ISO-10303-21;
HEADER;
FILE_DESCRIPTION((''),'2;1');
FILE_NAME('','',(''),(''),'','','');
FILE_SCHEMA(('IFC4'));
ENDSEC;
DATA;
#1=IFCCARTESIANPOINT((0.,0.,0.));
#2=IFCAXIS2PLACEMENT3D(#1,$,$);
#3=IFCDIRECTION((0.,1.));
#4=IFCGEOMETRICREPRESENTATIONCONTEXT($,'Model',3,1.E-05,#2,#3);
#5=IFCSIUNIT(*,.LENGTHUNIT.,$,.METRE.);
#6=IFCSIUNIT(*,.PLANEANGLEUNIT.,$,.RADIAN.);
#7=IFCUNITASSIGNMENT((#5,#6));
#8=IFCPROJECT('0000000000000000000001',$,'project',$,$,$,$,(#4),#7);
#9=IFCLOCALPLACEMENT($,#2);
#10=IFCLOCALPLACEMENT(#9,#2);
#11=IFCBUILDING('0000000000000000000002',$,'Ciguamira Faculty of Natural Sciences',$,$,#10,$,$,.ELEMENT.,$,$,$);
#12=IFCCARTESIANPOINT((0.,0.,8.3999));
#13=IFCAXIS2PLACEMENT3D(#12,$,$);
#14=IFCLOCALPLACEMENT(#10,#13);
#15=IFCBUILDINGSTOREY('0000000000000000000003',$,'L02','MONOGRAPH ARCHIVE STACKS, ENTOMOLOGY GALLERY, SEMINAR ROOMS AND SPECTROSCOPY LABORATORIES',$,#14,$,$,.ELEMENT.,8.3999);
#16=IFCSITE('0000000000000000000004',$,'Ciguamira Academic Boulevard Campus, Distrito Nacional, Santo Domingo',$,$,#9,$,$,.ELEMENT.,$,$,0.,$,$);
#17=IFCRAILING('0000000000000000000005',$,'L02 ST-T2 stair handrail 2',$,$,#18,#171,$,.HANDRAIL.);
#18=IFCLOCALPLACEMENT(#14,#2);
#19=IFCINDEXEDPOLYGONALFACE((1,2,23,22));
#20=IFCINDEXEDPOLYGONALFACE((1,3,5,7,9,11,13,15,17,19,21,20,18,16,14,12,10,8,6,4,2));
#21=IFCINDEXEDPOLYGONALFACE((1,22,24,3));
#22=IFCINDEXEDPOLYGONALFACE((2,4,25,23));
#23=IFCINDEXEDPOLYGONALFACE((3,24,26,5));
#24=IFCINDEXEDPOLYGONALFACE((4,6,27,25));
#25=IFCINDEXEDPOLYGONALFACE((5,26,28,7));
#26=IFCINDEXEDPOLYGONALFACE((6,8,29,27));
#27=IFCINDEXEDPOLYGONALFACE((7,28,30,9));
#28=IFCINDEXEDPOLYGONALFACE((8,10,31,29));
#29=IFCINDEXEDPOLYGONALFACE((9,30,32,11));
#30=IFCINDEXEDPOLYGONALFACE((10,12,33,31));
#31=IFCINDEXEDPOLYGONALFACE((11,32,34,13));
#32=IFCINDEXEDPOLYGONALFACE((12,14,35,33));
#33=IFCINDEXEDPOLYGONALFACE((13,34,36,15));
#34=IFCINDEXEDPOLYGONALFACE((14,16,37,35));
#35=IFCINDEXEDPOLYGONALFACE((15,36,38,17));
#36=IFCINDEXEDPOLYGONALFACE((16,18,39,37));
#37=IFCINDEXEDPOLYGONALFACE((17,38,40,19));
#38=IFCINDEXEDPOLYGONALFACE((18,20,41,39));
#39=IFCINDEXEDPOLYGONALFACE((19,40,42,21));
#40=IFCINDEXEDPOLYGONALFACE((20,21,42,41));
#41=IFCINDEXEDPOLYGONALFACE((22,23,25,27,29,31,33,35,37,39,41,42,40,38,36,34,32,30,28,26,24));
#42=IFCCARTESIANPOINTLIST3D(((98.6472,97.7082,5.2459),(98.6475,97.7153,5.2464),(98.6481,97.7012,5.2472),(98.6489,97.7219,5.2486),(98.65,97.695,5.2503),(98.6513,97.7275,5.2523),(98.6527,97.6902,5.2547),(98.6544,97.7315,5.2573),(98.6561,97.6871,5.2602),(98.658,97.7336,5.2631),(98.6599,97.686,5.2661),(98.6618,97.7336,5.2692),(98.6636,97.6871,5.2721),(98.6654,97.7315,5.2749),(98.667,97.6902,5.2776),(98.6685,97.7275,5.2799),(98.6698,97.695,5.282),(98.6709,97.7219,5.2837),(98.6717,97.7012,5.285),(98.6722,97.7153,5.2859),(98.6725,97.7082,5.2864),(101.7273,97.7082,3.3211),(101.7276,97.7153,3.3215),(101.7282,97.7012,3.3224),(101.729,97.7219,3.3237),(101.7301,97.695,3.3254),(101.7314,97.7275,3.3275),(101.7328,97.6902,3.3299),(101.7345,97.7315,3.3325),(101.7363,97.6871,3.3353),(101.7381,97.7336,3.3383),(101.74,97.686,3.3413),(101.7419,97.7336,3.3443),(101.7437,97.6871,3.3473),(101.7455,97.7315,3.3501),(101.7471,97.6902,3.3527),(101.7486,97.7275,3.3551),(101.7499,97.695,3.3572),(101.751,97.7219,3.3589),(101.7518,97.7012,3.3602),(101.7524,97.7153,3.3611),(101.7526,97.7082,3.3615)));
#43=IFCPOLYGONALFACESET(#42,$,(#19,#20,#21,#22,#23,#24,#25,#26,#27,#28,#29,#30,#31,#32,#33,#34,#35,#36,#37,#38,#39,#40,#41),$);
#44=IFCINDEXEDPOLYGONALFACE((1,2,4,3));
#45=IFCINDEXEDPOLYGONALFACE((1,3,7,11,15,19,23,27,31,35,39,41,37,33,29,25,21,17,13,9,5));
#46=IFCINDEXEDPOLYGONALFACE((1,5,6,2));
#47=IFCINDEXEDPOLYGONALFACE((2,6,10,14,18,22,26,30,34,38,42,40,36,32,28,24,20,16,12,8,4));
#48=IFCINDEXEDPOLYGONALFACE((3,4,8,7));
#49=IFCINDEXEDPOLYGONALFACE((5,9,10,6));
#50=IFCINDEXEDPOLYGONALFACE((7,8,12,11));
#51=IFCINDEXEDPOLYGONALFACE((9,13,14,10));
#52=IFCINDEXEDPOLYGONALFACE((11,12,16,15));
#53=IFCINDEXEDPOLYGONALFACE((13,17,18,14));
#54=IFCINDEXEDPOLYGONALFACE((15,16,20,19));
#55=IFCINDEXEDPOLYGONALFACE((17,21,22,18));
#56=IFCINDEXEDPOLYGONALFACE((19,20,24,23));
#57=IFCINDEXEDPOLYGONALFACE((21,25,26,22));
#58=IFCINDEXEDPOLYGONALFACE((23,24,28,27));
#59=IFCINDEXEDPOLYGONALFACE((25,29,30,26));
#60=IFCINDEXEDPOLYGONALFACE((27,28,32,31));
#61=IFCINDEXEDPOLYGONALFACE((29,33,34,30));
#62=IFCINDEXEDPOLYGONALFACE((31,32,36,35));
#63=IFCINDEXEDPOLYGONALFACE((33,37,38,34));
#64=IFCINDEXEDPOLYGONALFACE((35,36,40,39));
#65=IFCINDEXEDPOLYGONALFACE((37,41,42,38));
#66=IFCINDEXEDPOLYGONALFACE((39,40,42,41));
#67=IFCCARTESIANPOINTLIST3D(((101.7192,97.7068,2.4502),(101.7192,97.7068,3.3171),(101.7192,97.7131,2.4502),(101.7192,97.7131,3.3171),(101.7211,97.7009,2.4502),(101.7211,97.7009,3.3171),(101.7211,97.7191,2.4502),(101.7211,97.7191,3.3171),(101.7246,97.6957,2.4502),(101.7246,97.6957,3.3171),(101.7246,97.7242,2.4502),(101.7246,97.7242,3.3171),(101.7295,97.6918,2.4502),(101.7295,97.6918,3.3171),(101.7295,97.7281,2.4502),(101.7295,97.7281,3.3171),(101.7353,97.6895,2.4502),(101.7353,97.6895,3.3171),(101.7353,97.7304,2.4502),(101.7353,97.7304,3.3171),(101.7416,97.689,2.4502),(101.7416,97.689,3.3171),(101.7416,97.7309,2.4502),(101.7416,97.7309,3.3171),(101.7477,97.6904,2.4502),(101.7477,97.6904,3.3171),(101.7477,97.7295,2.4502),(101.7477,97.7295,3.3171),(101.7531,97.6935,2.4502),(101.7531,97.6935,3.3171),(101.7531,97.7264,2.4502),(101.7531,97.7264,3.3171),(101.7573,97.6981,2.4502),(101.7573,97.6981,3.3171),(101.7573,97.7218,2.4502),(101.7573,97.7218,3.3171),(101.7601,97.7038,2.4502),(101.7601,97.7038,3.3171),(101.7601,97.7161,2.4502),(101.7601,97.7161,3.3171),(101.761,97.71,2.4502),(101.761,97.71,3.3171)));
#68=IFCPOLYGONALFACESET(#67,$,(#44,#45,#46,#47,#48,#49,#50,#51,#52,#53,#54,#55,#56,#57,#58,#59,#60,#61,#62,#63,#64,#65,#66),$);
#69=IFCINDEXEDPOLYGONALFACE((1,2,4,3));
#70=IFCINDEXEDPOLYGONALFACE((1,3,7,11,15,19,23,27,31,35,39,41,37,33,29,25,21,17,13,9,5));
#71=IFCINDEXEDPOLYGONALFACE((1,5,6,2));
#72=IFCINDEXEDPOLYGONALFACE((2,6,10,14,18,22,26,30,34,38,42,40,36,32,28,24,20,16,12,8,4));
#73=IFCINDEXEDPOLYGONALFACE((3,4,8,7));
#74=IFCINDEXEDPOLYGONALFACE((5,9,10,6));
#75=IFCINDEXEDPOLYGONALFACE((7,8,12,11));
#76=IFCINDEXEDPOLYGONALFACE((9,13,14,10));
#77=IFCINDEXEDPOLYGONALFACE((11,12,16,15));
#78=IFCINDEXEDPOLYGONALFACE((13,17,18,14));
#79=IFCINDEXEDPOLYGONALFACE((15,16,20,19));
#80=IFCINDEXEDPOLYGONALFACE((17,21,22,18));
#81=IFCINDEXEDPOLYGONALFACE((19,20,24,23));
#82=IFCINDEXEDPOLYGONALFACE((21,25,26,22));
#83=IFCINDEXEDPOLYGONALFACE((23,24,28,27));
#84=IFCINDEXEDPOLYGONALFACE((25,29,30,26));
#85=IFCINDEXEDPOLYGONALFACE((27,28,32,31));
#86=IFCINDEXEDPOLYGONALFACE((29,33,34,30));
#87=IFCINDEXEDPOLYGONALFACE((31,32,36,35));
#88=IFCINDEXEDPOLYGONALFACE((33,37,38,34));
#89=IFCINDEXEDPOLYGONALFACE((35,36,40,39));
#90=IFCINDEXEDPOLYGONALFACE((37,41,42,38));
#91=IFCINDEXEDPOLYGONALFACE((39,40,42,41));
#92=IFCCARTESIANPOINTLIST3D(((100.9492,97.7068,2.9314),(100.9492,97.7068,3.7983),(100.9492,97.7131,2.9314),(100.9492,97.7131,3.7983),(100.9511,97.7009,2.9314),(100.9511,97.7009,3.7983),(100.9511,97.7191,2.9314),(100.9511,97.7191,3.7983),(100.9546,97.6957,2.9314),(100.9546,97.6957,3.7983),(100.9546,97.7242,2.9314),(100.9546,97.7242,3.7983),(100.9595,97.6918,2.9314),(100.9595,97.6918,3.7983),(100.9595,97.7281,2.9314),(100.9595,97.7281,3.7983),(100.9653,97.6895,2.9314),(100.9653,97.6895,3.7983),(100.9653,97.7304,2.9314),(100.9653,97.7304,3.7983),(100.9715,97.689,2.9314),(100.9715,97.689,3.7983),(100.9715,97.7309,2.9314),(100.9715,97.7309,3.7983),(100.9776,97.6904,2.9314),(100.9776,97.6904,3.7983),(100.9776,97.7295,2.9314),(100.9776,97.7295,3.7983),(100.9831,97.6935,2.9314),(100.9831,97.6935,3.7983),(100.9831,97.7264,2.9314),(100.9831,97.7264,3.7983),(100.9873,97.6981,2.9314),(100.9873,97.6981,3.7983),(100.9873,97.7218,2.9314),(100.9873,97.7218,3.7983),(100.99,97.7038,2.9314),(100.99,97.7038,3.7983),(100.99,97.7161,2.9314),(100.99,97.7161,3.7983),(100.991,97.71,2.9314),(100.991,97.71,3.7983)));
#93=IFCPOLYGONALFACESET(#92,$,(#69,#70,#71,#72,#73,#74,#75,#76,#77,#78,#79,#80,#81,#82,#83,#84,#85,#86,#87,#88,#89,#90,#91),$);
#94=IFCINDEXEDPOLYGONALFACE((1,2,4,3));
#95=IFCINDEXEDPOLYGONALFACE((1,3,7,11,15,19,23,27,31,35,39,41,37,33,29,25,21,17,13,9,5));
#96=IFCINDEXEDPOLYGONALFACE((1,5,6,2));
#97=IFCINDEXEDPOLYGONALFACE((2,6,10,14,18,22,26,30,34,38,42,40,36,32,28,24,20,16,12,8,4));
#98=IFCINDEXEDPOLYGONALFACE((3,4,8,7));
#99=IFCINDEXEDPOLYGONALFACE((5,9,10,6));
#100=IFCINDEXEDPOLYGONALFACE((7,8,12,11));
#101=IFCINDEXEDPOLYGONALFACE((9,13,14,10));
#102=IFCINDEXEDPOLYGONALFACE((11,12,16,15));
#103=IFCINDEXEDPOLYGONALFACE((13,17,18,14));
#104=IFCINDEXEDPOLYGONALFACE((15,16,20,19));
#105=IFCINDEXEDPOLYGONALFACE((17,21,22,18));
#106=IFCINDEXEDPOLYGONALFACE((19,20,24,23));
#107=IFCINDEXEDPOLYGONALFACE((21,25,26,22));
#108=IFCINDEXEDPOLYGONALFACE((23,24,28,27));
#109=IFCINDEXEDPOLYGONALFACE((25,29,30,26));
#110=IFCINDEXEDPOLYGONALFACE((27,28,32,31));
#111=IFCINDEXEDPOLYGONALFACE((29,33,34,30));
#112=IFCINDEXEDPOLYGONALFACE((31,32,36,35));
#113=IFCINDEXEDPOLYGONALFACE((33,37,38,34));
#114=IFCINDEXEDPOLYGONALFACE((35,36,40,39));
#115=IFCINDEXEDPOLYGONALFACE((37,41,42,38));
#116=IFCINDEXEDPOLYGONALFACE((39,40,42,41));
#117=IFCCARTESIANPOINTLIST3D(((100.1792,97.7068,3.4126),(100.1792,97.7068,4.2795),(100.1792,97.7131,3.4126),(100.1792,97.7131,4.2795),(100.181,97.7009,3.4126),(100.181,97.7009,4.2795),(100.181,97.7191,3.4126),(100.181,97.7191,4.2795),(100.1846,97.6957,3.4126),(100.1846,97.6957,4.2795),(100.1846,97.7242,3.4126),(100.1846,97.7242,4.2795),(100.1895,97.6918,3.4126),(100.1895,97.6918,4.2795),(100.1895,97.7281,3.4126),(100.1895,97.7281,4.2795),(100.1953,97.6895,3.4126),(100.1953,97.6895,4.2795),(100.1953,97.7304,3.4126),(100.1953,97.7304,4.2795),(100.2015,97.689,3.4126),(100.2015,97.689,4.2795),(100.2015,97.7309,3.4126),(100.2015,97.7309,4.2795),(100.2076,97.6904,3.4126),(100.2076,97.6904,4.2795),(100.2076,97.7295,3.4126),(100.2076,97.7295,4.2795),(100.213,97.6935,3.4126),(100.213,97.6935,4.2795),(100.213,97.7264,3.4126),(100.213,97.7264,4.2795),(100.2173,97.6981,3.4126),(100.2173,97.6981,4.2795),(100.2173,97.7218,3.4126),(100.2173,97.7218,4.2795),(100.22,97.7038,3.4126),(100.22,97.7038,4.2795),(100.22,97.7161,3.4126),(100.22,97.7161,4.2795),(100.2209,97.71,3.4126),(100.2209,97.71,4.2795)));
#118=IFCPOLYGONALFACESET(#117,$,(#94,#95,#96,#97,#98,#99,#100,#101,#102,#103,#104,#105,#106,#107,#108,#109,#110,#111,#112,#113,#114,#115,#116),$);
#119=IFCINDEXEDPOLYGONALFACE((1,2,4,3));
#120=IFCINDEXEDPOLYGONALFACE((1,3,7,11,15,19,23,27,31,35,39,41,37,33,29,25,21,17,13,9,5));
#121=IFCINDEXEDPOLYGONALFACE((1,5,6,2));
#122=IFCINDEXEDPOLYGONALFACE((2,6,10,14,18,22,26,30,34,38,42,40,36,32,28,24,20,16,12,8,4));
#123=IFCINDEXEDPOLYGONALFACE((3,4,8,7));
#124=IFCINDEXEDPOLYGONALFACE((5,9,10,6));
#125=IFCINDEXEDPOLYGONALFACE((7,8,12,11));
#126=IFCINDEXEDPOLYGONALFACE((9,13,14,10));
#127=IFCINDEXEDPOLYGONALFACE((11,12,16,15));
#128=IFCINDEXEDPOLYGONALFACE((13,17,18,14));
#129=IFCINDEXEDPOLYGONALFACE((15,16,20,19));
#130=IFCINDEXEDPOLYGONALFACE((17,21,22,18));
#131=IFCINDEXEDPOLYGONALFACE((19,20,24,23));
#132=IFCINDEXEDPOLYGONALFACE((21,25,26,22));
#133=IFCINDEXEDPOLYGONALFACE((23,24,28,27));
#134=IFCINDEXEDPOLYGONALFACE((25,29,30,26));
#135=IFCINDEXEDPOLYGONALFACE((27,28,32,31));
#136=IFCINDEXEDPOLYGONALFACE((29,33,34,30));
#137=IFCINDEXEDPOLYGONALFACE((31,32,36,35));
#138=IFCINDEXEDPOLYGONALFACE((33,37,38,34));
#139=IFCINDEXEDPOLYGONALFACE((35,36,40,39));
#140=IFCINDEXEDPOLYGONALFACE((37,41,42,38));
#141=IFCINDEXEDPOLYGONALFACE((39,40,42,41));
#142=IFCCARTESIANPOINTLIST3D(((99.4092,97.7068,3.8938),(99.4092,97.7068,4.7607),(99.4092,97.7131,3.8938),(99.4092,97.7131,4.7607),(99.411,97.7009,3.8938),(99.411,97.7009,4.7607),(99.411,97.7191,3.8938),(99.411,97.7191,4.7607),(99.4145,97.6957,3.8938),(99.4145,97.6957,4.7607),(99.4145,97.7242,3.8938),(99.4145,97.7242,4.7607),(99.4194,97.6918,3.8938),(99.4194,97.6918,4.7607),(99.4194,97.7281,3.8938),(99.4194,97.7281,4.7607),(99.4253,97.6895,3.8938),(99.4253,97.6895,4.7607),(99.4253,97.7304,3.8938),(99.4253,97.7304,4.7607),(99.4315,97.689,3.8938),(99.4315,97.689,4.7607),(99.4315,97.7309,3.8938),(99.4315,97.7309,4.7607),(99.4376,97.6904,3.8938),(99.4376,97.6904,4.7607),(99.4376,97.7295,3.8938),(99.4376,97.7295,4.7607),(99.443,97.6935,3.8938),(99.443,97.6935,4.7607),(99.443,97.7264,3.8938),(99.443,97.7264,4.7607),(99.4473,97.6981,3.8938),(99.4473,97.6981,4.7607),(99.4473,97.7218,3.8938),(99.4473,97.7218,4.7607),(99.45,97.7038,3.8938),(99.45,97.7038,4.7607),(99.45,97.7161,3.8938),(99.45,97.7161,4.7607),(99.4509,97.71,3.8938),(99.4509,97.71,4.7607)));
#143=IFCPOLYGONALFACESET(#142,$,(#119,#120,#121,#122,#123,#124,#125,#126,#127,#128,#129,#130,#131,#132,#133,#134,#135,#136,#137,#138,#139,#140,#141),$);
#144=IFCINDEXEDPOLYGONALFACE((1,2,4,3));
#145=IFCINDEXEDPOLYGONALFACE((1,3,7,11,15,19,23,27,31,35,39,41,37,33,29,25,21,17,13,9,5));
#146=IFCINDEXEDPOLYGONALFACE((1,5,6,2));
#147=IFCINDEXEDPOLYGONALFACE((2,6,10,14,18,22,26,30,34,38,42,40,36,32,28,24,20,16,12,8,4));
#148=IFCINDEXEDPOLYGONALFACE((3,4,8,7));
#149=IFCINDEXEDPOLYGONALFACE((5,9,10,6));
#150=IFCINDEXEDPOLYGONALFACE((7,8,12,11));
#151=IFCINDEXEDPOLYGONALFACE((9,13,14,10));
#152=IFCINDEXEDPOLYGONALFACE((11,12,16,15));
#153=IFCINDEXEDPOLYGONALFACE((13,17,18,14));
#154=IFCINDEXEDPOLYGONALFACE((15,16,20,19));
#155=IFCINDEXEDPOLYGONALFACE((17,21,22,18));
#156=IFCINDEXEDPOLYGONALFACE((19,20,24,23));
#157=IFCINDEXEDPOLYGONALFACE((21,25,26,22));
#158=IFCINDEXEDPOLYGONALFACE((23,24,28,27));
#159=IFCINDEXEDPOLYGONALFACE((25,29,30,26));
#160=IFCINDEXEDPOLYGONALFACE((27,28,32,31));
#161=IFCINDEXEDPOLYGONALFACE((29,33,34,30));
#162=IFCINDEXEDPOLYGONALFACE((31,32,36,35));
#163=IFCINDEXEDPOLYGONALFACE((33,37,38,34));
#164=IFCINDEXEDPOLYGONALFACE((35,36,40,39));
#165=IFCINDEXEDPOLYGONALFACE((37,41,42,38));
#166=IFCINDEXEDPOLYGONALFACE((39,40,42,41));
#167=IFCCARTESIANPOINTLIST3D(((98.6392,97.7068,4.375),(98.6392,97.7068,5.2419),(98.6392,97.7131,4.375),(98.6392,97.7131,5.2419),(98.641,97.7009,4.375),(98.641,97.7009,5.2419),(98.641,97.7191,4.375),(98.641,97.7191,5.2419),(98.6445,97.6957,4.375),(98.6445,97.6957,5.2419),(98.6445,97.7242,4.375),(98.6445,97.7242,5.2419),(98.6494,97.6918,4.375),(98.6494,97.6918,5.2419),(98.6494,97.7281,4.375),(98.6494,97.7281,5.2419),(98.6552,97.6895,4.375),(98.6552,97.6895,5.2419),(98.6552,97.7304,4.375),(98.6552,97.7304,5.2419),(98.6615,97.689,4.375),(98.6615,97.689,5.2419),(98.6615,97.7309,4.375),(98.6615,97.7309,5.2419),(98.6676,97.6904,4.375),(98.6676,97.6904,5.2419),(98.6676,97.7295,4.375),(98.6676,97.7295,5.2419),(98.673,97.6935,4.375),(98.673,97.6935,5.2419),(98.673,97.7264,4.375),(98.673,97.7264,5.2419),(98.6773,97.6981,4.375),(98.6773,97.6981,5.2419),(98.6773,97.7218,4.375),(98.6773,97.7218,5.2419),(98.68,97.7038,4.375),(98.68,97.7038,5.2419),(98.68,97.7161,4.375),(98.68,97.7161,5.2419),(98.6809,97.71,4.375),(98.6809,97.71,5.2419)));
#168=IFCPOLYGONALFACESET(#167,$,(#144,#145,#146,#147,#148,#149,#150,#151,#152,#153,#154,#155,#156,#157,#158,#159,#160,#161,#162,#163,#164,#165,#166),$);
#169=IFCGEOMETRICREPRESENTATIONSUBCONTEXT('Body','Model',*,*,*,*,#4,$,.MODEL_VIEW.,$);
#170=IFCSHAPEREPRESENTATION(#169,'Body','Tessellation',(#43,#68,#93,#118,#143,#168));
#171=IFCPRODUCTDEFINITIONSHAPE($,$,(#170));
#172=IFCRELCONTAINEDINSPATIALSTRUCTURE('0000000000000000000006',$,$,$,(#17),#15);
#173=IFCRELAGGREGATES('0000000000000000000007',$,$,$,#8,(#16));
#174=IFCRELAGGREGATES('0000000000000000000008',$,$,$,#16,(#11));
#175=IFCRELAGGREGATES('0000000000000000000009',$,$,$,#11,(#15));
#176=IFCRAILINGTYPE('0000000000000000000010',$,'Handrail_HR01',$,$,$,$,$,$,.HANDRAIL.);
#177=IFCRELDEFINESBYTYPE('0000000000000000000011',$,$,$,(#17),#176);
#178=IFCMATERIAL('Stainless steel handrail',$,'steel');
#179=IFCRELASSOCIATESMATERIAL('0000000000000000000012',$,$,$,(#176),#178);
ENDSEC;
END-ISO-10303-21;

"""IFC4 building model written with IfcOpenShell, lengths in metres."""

from ifc_helpers import new_model, si_unit, direction, frame, origin, origin_2d, place, context, subcontext, project, spatial, circle, extrude, material, type_object, element, save


model = new_model("IFC4")

# Units and contexts
model_context = context("Model", 3, precision=1e-05, world=origin(), true_north=direction((0.0, 1.0)))
body_context = subcontext(model_context, "Body", "Model", "MODEL_VIEW")
ifc_project = project(units=[si_unit("LENGTHUNIT", "METRE"), si_unit("PLANEANGLEUNIT", "RADIAN")], contexts=[model_context])

# Site, building, storey
site_placement = place(None, origin())
site = spatial("IfcSite", under=ifc_project, at=site_placement, Name="Ciguamira Academic Boulevard Campus, Distrito Nacional, Santo Domingo", CompositionType="ELEMENT", RefElevation=0.0)
building_placement = place(site_placement, origin())
building = spatial("IfcBuilding", under=site, at=building_placement, Name="Ciguamira Faculty of Natural Sciences", CompositionType="ELEMENT")
storey_placement = place(building_placement, frame((0.0, 0.0, 8.3999)))
storey = spatial("IfcBuildingStorey", under=building, at=storey_placement, Name="L02", Description="MONOGRAPH ARCHIVE STACKS, ENTOMOLOGY GALLERY, SEMINAR ROOMS AND SPECTROSCOPY LABORATORIES", CompositionType="ELEMENT", Elevation=8.3999)

# Railing
ifc_material_1 = material(Name="Stainless steel handrail", Category="steel")
railing_type_1 = type_object("IfcRailingType", Name="Handrail_HR01", PredefinedType="HANDRAIL", material=ifc_material_1)
railing_1_placement = place(storey_placement, frame((101.74, 97.71, 2.4502)))
element("IfcRailing", 1, at=railing_1_placement, inside=storey, type_object=railing_type_1, Name="L02 ST-T2 stair handrail 2", PredefinedType="HANDRAIL", context=body_context, shape_type="SweptSolid", body=[
    extrude(circle(Radius=0.0239, at=origin_2d()), frame((0.0, 0.0, 0.8911), z_axis=(-0.848029, 0.0, 0.529951), x_axis=(0.0, -1.0, 0.0)), (0.0, 0.0, 1.0), 3.6321),
    extrude(circle(Radius=0.021, at=origin_2d()), origin(), (0.0, 0.0, 1.0), 0.8669),
    extrude(circle(Radius=0.021, at=origin_2d()), frame((-0.77, 0.0, 0.4812)), (0.0, 0.0, 1.0), 0.8669),
    extrude(circle(Radius=0.021, at=origin_2d()), frame((-1.54, 0.0, 0.9624)), (0.0, 0.0, 1.0), 0.8669),
    extrude(circle(Radius=0.021, at=origin_2d()), frame((-2.3101, 0.0, 1.4436)), (0.0, 0.0, 1.0), 0.8669),
    extrude(circle(Radius=0.021, at=origin_2d()), frame((-3.0801, 0.0, 1.9248)), (0.0, 0.0, 1.0), 0.8669),
])

save(model, "model.ifc")
